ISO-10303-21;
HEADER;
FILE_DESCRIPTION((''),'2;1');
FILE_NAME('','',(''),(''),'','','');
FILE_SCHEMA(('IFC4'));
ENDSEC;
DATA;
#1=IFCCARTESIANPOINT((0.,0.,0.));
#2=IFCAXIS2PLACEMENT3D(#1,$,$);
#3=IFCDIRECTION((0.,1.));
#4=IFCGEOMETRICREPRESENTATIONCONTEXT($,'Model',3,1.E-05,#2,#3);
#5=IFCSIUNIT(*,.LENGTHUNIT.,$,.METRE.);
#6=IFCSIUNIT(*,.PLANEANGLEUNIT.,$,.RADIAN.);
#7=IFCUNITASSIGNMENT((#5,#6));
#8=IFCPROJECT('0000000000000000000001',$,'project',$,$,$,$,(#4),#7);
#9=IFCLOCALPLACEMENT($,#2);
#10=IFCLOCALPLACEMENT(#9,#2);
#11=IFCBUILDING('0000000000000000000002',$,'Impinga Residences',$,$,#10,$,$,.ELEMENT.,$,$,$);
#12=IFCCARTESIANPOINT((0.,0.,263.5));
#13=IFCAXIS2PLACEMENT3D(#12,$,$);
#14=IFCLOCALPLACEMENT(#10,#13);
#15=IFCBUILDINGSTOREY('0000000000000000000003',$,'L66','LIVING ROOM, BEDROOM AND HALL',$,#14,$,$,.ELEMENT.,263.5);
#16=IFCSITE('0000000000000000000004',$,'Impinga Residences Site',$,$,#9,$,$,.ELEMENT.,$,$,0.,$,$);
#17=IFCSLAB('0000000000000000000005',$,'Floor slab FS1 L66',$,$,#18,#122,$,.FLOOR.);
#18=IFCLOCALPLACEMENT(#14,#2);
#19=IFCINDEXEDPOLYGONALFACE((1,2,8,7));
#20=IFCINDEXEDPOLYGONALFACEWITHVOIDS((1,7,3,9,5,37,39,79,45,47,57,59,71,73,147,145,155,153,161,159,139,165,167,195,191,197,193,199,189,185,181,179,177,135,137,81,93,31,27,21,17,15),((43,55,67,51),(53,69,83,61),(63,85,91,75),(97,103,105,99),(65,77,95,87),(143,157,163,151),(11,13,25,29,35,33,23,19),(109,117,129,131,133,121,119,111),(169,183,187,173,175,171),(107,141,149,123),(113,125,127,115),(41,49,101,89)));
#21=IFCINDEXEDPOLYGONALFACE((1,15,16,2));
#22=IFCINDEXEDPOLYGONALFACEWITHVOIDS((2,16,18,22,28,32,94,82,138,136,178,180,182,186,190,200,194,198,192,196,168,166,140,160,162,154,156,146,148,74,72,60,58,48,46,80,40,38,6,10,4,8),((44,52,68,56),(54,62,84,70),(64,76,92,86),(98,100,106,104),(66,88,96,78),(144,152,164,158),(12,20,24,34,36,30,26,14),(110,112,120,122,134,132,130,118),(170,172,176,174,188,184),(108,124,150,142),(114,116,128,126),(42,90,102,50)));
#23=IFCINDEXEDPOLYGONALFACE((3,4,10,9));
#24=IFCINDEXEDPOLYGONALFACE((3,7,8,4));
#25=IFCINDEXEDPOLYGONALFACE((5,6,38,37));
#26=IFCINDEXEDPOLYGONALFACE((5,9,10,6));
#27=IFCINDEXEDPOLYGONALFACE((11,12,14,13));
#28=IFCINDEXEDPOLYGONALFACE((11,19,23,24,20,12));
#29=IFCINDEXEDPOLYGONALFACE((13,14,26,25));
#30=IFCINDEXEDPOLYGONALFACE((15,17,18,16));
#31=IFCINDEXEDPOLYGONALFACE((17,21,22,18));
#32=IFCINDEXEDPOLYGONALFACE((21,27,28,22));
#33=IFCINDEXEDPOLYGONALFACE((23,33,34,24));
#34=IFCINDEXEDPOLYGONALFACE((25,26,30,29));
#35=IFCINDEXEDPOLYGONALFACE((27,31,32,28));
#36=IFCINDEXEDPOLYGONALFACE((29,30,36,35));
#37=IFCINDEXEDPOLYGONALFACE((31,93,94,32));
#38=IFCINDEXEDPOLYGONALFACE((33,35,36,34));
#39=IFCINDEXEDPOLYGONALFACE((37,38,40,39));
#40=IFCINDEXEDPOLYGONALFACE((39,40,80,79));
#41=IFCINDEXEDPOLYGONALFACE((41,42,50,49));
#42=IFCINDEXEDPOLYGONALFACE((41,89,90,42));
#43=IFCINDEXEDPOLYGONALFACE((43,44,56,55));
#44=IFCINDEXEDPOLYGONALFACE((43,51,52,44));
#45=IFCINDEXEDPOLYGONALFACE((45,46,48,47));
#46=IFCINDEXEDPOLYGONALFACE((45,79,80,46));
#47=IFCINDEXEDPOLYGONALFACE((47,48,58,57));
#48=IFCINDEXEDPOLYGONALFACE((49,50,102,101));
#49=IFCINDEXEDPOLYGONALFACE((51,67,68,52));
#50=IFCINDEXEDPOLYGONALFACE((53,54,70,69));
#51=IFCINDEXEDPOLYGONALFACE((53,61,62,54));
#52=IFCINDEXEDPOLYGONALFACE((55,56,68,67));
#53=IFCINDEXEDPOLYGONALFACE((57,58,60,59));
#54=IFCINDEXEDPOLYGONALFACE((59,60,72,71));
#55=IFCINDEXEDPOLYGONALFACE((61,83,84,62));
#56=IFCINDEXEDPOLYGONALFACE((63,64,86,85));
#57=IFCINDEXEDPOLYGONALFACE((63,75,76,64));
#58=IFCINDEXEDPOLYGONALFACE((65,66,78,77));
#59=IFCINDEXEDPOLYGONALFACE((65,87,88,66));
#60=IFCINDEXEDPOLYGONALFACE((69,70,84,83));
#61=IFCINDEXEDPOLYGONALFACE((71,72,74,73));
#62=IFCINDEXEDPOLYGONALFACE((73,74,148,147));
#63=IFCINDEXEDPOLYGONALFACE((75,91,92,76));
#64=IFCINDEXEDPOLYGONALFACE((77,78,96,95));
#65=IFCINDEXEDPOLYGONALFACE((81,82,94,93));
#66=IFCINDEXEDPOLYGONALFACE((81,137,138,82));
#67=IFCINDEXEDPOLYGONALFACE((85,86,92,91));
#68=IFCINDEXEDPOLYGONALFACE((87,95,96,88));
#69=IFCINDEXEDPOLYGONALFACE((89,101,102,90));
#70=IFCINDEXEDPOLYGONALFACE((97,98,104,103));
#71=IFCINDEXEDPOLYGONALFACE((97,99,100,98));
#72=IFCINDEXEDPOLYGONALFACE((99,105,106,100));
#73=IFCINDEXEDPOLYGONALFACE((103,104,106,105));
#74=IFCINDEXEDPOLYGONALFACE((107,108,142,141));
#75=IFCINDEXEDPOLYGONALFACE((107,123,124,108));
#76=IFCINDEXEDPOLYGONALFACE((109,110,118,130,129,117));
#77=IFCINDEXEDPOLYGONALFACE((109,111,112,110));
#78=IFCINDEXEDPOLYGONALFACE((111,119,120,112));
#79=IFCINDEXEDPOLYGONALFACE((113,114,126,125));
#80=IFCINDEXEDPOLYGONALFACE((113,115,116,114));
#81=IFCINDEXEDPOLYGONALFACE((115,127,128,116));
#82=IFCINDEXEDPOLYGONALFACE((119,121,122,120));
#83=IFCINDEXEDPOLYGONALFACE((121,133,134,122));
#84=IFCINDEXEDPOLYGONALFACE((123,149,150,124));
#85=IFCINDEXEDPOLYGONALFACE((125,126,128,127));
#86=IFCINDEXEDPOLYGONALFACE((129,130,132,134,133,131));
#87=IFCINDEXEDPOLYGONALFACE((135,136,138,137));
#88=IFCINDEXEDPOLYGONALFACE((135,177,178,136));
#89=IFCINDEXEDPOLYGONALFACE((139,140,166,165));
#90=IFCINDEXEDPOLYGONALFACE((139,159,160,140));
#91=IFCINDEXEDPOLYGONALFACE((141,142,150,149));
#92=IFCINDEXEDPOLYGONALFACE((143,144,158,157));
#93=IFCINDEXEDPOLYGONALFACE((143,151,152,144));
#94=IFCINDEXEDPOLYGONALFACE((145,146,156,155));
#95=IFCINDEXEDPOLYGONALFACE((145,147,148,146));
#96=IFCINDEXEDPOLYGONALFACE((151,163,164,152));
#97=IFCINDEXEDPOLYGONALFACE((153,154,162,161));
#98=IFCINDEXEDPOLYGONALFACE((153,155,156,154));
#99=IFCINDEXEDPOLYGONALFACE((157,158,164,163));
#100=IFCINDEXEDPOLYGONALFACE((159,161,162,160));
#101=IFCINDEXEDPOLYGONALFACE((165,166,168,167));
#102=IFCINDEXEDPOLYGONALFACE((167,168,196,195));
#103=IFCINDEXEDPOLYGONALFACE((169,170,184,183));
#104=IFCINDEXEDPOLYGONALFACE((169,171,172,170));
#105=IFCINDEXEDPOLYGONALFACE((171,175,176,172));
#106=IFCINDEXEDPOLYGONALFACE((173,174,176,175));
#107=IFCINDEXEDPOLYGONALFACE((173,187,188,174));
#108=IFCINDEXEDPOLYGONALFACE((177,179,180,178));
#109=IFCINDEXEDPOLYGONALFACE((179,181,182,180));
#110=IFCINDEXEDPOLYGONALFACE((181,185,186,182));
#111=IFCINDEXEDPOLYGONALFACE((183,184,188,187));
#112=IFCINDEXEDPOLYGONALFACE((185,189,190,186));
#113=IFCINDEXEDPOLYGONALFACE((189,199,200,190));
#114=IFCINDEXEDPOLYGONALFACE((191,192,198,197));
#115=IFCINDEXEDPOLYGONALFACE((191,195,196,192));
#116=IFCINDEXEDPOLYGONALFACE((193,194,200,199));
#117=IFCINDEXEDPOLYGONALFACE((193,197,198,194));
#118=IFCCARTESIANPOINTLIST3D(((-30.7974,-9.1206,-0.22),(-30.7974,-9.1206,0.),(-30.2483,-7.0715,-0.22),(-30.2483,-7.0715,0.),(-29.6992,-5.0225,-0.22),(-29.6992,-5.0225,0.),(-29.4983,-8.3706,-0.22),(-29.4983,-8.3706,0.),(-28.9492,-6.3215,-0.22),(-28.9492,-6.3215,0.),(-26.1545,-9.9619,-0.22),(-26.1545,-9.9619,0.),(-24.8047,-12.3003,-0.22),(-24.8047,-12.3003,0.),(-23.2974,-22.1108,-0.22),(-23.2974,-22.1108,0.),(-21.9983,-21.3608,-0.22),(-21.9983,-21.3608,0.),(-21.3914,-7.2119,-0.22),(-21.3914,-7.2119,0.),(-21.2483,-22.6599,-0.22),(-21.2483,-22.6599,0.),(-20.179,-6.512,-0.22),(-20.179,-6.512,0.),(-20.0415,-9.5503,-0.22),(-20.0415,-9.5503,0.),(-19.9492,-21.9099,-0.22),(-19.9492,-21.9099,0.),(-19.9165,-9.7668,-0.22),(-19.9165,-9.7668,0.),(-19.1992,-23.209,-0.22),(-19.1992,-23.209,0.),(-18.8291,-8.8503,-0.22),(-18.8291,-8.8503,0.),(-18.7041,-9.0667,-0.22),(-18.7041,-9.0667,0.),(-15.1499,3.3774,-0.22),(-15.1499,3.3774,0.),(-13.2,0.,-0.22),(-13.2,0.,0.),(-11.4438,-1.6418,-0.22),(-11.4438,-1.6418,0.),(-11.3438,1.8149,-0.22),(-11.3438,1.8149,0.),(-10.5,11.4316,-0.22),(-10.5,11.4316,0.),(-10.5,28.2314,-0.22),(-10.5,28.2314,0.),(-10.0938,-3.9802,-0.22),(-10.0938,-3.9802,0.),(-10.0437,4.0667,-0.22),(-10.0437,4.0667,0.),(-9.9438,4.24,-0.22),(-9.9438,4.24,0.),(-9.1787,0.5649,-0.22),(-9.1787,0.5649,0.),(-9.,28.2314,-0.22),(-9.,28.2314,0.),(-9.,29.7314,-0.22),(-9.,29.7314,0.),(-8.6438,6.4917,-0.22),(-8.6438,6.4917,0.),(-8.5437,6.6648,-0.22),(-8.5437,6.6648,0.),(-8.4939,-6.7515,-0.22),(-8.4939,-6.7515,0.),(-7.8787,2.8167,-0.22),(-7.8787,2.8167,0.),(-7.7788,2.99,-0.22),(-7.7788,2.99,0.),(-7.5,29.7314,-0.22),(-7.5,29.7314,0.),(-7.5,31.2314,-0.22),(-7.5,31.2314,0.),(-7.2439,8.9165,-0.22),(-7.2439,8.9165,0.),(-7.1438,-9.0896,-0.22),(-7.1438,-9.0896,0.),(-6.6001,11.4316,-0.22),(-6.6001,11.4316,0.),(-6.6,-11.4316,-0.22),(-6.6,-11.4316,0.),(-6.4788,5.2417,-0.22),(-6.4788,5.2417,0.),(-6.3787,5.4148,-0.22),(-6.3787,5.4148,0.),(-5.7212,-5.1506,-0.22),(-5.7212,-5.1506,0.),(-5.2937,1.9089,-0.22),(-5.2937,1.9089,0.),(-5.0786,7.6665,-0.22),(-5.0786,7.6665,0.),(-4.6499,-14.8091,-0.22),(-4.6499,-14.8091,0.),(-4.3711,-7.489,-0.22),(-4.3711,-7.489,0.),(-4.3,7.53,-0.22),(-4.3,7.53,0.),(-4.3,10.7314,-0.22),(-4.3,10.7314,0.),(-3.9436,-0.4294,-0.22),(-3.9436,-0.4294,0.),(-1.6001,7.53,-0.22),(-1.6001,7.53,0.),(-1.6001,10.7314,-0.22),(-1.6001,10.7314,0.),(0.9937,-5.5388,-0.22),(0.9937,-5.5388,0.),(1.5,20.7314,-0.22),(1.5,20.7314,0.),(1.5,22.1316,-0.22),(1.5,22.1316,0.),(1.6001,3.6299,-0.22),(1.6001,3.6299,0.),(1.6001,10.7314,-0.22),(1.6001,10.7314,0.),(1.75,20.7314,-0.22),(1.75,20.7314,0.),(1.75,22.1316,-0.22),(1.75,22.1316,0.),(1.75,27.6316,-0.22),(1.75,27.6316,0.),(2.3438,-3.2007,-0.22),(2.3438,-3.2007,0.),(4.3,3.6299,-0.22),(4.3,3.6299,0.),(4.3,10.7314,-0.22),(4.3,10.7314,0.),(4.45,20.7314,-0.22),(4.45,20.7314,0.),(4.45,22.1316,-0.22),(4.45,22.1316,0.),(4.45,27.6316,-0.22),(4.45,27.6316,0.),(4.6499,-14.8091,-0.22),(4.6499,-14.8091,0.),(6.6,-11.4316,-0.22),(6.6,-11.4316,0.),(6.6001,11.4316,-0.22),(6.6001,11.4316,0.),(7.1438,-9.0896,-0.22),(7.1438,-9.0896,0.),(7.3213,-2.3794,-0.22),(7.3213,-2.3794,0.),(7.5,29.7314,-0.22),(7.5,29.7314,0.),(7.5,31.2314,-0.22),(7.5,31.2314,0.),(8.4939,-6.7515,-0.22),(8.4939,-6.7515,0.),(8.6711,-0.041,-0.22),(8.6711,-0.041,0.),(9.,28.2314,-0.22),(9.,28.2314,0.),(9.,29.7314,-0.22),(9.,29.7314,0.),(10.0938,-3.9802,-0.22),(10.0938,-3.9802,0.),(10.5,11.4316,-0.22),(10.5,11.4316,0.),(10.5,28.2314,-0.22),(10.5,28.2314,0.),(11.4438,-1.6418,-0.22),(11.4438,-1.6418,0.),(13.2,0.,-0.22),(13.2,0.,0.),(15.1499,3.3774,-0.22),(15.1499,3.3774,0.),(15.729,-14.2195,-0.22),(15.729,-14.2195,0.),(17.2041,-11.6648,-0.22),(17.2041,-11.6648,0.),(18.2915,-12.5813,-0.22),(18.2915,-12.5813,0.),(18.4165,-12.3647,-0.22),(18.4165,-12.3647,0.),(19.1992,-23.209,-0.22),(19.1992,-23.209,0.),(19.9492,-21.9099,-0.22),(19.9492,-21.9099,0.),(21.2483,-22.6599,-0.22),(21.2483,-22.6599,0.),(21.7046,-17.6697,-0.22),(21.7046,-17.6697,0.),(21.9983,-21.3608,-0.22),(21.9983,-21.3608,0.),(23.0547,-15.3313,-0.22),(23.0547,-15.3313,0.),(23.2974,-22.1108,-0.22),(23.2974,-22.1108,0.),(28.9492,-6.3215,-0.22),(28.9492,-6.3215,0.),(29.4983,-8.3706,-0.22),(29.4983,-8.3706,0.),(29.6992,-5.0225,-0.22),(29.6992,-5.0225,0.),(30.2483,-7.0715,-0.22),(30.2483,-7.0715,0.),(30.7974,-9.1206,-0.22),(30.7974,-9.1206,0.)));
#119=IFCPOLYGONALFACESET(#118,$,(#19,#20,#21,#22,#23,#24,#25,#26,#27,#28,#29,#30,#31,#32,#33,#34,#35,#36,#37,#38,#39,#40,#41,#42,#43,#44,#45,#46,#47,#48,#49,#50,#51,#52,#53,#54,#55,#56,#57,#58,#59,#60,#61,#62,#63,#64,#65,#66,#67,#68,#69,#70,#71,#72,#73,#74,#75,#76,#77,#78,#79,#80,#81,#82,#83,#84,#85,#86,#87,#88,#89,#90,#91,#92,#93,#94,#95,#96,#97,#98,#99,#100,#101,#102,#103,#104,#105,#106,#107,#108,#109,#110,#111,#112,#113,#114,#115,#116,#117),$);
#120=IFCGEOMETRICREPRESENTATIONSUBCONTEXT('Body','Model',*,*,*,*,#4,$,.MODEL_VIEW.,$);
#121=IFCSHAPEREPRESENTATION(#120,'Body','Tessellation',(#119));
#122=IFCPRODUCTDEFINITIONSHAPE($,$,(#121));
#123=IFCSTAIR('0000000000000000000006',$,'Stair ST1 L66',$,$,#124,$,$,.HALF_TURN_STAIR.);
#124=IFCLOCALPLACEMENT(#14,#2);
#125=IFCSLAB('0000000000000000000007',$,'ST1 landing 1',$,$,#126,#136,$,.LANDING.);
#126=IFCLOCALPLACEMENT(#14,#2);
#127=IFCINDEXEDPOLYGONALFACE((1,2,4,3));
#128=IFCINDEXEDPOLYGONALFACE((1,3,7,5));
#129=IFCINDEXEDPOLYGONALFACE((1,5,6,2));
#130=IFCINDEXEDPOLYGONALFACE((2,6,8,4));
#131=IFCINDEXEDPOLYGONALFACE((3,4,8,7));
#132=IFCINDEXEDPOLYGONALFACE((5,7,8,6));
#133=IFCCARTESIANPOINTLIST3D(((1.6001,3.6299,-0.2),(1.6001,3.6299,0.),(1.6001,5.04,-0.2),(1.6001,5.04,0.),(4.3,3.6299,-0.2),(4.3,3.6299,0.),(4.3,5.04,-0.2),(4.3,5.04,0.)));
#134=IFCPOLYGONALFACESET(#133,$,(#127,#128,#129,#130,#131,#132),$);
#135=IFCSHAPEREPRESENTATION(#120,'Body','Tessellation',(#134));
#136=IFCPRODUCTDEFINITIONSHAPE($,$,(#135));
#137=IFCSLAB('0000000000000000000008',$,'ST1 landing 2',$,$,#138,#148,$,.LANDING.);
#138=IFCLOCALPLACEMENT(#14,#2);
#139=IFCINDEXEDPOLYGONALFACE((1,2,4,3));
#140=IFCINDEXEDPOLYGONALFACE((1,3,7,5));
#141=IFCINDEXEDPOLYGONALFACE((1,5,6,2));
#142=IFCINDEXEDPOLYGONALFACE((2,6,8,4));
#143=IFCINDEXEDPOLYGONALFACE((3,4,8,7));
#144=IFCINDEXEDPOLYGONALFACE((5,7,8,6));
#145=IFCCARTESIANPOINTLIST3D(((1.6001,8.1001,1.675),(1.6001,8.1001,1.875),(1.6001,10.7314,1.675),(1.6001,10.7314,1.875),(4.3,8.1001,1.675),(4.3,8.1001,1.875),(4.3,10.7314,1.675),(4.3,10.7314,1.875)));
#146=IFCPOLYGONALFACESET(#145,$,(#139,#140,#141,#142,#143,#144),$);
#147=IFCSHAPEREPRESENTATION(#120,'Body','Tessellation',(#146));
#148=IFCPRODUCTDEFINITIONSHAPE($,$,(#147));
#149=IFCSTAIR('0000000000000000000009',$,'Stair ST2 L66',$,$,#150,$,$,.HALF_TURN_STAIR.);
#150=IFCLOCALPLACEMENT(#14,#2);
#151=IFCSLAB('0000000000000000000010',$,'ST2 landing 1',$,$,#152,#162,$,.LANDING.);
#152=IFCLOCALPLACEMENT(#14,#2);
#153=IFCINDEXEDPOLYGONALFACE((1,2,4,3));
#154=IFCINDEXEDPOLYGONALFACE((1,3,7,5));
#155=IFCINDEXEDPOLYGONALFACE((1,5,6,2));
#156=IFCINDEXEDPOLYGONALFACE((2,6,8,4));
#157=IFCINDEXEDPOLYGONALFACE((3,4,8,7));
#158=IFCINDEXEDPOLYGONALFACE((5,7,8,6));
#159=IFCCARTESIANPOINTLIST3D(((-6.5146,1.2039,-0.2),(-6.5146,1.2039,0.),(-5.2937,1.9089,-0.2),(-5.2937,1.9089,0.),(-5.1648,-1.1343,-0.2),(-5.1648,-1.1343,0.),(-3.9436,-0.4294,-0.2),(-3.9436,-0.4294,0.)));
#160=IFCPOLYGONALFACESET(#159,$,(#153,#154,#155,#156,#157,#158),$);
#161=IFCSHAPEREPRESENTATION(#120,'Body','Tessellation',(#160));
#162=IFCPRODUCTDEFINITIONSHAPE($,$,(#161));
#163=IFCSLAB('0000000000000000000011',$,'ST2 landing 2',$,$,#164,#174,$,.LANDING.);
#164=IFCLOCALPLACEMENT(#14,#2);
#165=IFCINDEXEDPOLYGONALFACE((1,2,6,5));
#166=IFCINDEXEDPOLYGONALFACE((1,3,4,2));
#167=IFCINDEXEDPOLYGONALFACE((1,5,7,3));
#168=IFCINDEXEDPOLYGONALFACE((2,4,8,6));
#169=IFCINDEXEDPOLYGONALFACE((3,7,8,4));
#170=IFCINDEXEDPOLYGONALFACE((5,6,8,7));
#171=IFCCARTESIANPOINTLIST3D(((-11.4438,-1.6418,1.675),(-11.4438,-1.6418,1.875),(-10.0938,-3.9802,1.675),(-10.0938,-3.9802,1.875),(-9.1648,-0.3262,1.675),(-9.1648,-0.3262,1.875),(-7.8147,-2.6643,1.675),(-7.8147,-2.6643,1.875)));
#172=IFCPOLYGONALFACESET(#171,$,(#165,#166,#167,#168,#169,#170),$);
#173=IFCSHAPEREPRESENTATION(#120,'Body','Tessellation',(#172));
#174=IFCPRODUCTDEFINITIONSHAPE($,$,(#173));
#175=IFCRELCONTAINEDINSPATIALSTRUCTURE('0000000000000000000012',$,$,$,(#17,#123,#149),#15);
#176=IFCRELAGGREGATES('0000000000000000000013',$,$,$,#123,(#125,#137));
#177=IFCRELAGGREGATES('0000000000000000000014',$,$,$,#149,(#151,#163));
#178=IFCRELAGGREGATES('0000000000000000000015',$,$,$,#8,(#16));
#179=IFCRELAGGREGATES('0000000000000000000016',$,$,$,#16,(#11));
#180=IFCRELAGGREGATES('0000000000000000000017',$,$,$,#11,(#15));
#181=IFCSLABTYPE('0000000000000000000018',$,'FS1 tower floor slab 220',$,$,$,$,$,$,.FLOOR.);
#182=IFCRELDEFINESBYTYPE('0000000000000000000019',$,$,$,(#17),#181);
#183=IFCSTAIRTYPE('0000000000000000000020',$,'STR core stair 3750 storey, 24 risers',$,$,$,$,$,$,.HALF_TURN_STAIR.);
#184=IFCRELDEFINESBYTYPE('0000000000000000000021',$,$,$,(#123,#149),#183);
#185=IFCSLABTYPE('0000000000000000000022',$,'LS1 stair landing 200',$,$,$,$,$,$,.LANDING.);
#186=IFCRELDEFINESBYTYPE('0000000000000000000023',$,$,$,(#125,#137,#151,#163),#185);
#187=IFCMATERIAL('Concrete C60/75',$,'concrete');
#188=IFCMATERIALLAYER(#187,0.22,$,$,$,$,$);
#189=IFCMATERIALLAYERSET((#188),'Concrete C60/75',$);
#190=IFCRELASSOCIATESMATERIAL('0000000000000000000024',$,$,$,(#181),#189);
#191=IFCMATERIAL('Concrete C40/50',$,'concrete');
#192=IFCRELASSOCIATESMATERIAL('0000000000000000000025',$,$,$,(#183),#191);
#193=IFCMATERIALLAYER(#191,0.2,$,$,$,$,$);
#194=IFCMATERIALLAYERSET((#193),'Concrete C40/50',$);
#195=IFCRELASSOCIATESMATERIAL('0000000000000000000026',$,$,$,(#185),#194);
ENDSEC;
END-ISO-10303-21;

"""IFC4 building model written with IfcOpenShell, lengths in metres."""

from ifc_helpers import new_model, si_unit, direction, frame, origin, place, context, subcontext, project, spatial, polyline, outline, extrude, material, layer, layer_set, type_object, element, aggregate, save


model = new_model("IFC4")

# Units and contexts
model_context = context("Model", 3, precision=1e-05, world=origin(), true_north=direction((0.0, 1.0)))
body_context = subcontext(model_context, "Body", "Model", "MODEL_VIEW")
ifc_project = project(units=[si_unit("LENGTHUNIT", "METRE"), si_unit("PLANEANGLEUNIT", "RADIAN")], contexts=[model_context])

# Site, building, storey
site_placement = place(None, origin())
site = spatial("IfcSite", under=ifc_project, at=site_placement, Name="Impinga Residences Site", CompositionType="ELEMENT", RefElevation=0.0)
building_placement = place(site_placement, origin())
building = spatial("IfcBuilding", under=site, at=building_placement, Name="Impinga Residences", CompositionType="ELEMENT")
storey_placement = place(building_placement, frame((0.0, 0.0, 263.5)))
storey = spatial("IfcBuildingStorey", under=building, at=storey_placement, Name="L66", Description="LIVING ROOM, BEDROOM AND HALL", CompositionType="ELEMENT", Elevation=263.5)

# Slab
ifc_material_1 = material(Name="Concrete C60/75", Category="concrete")
ifc_layer_1 = layer(ifc_material_1, 0.22)
ifc_layer_set_1 = layer_set([ifc_layer_1], Name="Concrete C60/75")
slab_type_1 = type_object("IfcSlabType", Name="FS1 tower floor slab 220", PredefinedType="FLOOR", material=ifc_layer_set_1)
slab_1_placement = place(storey_placement, frame((0.0, 0.0, -0.22)))
element("IfcSlab", 1, at=slab_1_placement, inside=storey, type_object=slab_type_1, Name="Floor slab FS1 L66", PredefinedType="FLOOR", context=body_context, shape_type="SweptSolid", body=[
    extrude(outline(polyline([(-19.9492, -21.9099), (-21.2483, -22.6599), (-21.9983, -21.3608), (-23.2974, -22.1108), (-30.7974, -9.1206), (-29.4983, -8.3706), (-30.2483, -7.0715), (-28.9492, -6.3215), (-29.6992, -5.0225), (-15.1499, 3.3774), (-13.2, 0.0), (-6.6001, 11.4316), (-10.5, 11.4316), (-10.5, 28.2314), (-9.0, 28.2314), (-9.0, 29.7314), (-7.5, 29.7314), (-7.5, 31.2314), (7.5, 31.2314), (7.5, 29.7314), (9.0, 29.7314), (9.0, 28.2314), (10.5, 28.2314), (10.5, 11.4316), (6.6001, 11.4316), (13.2, 0.0), (15.1499, 3.3774), (29.6992, -5.0225), (28.9492, -6.3215), (30.2483, -7.0715), (29.4983, -8.3706), (30.7974, -9.1206), (23.2974, -22.1108), (21.9983, -21.3608), (21.2483, -22.6599), (19.9492, -21.9099), (19.1992, -23.209), (4.6499, -14.8091), (9.9001, -5.7158), (6.6001, -11.4316), (-6.6001, -11.4316), (-9.9001, -5.7158), (-4.6499, -14.8091), (-19.1992, -23.209), (-19.9492, -21.9099)]), holes=[polyline([(-18.7041, -9.0667), (-18.8291, -8.8503), (-18.8291, -8.8503), (-20.179, -6.512), (-21.3914, -7.2119), (-21.3914, -7.2119), (-26.1545, -9.9619), (-24.8047, -12.3003), (-20.0415, -9.5503), (-19.9165, -9.7668), (-18.7041, -9.0667)]), polyline([(-5.7212, -5.1506), (-8.4939, -6.7515), (-7.1438, -9.0896), (-4.3711, -7.489), (-5.7212, -5.1506)]), polyline([(-5.2937, 1.9089), (-11.4438, -1.6418), (-10.0938, -3.9802), (-3.9436, -0.4294), (-5.2937, 1.9089)]), polyline([(-7.8787, 2.8167), (-10.0437, 4.0667), (-11.3438, 1.8149), (-9.1787, 0.5649), (-7.8787, 2.8167)]), polyline([(-6.4788, 5.2417), (-8.6438, 6.4917), (-9.9438, 4.24), (-7.7788, 2.99), (-6.4788, 5.2417)]), polyline([(-6.3787, 5.4148), (-5.0786, 7.6665), (-7.2439, 8.9165), (-8.5437, 6.6648), (-6.3787, 5.4148)]), polyline([(-4.3, 7.53), (-1.6001, 7.53), (-1.6001, 10.7314), (-4.3, 10.7314), (-4.3, 7.53)]), polyline([(15.729, -14.2195), (21.7046, -17.6697), (23.0547, -15.3313), (18.2915, -12.5813), (18.4165, -12.3647), (17.2041, -11.6648), (15.729, -14.2195)]), polyline([(0.9937, -5.5388), (7.1438, -9.0896), (8.4939, -6.7515), (2.3438, -3.2007), (0.9937, -5.5388)]), polyline([(7.3213, -2.3794), (10.0938, -3.9802), (11.4438, -1.6418), (8.6711, -0.041), (7.3213, -2.3794)]), polyline([(4.3, 3.6299), (4.3, 10.7314), (1.6001, 10.7314), (1.6001, 3.6299), (4.3, 3.6299)]), polyline([(1.75, 22.1316), (1.5, 22.1316), (1.5, 20.7314), (1.75, 20.7314), (4.45, 20.7314), (4.45, 22.1316), (4.45, 27.6316), (1.75, 27.6316), (1.75, 22.1316)])]), origin(), (0.0, 0.0, 1.0), 0.22),
])

# Stairs, slabs
ifc_material_2 = material(Name="Concrete C40/50", Category="concrete")
stair_type_1 = type_object("IfcStairType", Name="STR core stair 3750 storey, 24 risers", PredefinedType="HALF_TURN_STAIR", material=ifc_material_2)
stair_1_placement = place(storey_placement, origin())
stair_1 = element("IfcStair", 2, at=stair_1_placement, inside=storey, type_object=stair_type_1, Name="Stair ST1 L66", PredefinedType="HALF_TURN_STAIR")
ifc_layer_2 = layer(ifc_material_2, 0.2)
ifc_layer_set_2 = layer_set([ifc_layer_2], Name="Concrete C40/50")
slab_type_2 = type_object("IfcSlabType", Name="LS1 stair landing 200", PredefinedType="LANDING", material=ifc_layer_set_2)
slab_2_placement = place(storey_placement, frame((0.0, 0.0, -0.2)))
slab_2 = element("IfcSlab", 3, at=slab_2_placement, type_object=slab_type_2, Name="ST1 landing 1", PredefinedType="LANDING", context=body_context, shape_type="SweptSolid", body=[
    extrude(outline(polyline([(1.6001, 3.6299), (4.3, 3.6299), (4.3, 5.04), (1.6001, 5.04), (1.6001, 3.6299)])), origin(), (0.0, 0.0, 1.0), 0.2),
])
slab_3_placement = place(storey_placement, frame((0.0, 0.0, 1.675)))
slab_3 = element("IfcSlab", 4, at=slab_3_placement, type_object=slab_type_2, Name="ST1 landing 2", PredefinedType="LANDING", context=body_context, shape_type="SweptSolid", body=[
    extrude(outline(polyline([(1.6001, 8.1001), (4.3, 8.1001), (4.3, 10.7314), (1.6001, 10.7314), (1.6001, 8.1001)])), origin(), (0.0, 0.0, 1.0), 0.2),
])
aggregate(stair_1, [slab_2, slab_3])
stair_2_placement = place(storey_placement, origin())
stair_2 = element("IfcStair", 5, at=stair_2_placement, inside=storey, type_object=stair_type_1, Name="Stair ST2 L66", PredefinedType="HALF_TURN_STAIR")
slab_4_placement = place(storey_placement, frame((0.0, 0.0, -0.2)))
slab_4 = element("IfcSlab", 6, at=slab_4_placement, type_object=slab_type_2, Name="ST2 landing 1", PredefinedType="LANDING", context=body_context, shape_type="SweptSolid", body=[
    extrude(outline(polyline([(-3.9436, -0.4294), (-5.2937, 1.9089), (-6.5146, 1.2039), (-5.1648, -1.1343), (-3.9436, -0.4294)])), origin(), (0.0, 0.0, 1.0), 0.2),
])
slab_5_placement = place(storey_placement, frame((0.0, 0.0, 1.675)))
slab_5 = element("IfcSlab", 7, at=slab_5_placement, type_object=slab_type_2, Name="ST2 landing 2", PredefinedType="LANDING", context=body_context, shape_type="SweptSolid", body=[
    extrude(outline(polyline([(-7.8147, -2.6643), (-9.1648, -0.3262), (-11.4438, -1.6418), (-10.0938, -3.9802), (-7.8147, -2.6643)])), origin(), (0.0, 0.0, 1.0), 0.2),
])
aggregate(stair_2, [slab_4, slab_5])

save(model, "model.ifc")
